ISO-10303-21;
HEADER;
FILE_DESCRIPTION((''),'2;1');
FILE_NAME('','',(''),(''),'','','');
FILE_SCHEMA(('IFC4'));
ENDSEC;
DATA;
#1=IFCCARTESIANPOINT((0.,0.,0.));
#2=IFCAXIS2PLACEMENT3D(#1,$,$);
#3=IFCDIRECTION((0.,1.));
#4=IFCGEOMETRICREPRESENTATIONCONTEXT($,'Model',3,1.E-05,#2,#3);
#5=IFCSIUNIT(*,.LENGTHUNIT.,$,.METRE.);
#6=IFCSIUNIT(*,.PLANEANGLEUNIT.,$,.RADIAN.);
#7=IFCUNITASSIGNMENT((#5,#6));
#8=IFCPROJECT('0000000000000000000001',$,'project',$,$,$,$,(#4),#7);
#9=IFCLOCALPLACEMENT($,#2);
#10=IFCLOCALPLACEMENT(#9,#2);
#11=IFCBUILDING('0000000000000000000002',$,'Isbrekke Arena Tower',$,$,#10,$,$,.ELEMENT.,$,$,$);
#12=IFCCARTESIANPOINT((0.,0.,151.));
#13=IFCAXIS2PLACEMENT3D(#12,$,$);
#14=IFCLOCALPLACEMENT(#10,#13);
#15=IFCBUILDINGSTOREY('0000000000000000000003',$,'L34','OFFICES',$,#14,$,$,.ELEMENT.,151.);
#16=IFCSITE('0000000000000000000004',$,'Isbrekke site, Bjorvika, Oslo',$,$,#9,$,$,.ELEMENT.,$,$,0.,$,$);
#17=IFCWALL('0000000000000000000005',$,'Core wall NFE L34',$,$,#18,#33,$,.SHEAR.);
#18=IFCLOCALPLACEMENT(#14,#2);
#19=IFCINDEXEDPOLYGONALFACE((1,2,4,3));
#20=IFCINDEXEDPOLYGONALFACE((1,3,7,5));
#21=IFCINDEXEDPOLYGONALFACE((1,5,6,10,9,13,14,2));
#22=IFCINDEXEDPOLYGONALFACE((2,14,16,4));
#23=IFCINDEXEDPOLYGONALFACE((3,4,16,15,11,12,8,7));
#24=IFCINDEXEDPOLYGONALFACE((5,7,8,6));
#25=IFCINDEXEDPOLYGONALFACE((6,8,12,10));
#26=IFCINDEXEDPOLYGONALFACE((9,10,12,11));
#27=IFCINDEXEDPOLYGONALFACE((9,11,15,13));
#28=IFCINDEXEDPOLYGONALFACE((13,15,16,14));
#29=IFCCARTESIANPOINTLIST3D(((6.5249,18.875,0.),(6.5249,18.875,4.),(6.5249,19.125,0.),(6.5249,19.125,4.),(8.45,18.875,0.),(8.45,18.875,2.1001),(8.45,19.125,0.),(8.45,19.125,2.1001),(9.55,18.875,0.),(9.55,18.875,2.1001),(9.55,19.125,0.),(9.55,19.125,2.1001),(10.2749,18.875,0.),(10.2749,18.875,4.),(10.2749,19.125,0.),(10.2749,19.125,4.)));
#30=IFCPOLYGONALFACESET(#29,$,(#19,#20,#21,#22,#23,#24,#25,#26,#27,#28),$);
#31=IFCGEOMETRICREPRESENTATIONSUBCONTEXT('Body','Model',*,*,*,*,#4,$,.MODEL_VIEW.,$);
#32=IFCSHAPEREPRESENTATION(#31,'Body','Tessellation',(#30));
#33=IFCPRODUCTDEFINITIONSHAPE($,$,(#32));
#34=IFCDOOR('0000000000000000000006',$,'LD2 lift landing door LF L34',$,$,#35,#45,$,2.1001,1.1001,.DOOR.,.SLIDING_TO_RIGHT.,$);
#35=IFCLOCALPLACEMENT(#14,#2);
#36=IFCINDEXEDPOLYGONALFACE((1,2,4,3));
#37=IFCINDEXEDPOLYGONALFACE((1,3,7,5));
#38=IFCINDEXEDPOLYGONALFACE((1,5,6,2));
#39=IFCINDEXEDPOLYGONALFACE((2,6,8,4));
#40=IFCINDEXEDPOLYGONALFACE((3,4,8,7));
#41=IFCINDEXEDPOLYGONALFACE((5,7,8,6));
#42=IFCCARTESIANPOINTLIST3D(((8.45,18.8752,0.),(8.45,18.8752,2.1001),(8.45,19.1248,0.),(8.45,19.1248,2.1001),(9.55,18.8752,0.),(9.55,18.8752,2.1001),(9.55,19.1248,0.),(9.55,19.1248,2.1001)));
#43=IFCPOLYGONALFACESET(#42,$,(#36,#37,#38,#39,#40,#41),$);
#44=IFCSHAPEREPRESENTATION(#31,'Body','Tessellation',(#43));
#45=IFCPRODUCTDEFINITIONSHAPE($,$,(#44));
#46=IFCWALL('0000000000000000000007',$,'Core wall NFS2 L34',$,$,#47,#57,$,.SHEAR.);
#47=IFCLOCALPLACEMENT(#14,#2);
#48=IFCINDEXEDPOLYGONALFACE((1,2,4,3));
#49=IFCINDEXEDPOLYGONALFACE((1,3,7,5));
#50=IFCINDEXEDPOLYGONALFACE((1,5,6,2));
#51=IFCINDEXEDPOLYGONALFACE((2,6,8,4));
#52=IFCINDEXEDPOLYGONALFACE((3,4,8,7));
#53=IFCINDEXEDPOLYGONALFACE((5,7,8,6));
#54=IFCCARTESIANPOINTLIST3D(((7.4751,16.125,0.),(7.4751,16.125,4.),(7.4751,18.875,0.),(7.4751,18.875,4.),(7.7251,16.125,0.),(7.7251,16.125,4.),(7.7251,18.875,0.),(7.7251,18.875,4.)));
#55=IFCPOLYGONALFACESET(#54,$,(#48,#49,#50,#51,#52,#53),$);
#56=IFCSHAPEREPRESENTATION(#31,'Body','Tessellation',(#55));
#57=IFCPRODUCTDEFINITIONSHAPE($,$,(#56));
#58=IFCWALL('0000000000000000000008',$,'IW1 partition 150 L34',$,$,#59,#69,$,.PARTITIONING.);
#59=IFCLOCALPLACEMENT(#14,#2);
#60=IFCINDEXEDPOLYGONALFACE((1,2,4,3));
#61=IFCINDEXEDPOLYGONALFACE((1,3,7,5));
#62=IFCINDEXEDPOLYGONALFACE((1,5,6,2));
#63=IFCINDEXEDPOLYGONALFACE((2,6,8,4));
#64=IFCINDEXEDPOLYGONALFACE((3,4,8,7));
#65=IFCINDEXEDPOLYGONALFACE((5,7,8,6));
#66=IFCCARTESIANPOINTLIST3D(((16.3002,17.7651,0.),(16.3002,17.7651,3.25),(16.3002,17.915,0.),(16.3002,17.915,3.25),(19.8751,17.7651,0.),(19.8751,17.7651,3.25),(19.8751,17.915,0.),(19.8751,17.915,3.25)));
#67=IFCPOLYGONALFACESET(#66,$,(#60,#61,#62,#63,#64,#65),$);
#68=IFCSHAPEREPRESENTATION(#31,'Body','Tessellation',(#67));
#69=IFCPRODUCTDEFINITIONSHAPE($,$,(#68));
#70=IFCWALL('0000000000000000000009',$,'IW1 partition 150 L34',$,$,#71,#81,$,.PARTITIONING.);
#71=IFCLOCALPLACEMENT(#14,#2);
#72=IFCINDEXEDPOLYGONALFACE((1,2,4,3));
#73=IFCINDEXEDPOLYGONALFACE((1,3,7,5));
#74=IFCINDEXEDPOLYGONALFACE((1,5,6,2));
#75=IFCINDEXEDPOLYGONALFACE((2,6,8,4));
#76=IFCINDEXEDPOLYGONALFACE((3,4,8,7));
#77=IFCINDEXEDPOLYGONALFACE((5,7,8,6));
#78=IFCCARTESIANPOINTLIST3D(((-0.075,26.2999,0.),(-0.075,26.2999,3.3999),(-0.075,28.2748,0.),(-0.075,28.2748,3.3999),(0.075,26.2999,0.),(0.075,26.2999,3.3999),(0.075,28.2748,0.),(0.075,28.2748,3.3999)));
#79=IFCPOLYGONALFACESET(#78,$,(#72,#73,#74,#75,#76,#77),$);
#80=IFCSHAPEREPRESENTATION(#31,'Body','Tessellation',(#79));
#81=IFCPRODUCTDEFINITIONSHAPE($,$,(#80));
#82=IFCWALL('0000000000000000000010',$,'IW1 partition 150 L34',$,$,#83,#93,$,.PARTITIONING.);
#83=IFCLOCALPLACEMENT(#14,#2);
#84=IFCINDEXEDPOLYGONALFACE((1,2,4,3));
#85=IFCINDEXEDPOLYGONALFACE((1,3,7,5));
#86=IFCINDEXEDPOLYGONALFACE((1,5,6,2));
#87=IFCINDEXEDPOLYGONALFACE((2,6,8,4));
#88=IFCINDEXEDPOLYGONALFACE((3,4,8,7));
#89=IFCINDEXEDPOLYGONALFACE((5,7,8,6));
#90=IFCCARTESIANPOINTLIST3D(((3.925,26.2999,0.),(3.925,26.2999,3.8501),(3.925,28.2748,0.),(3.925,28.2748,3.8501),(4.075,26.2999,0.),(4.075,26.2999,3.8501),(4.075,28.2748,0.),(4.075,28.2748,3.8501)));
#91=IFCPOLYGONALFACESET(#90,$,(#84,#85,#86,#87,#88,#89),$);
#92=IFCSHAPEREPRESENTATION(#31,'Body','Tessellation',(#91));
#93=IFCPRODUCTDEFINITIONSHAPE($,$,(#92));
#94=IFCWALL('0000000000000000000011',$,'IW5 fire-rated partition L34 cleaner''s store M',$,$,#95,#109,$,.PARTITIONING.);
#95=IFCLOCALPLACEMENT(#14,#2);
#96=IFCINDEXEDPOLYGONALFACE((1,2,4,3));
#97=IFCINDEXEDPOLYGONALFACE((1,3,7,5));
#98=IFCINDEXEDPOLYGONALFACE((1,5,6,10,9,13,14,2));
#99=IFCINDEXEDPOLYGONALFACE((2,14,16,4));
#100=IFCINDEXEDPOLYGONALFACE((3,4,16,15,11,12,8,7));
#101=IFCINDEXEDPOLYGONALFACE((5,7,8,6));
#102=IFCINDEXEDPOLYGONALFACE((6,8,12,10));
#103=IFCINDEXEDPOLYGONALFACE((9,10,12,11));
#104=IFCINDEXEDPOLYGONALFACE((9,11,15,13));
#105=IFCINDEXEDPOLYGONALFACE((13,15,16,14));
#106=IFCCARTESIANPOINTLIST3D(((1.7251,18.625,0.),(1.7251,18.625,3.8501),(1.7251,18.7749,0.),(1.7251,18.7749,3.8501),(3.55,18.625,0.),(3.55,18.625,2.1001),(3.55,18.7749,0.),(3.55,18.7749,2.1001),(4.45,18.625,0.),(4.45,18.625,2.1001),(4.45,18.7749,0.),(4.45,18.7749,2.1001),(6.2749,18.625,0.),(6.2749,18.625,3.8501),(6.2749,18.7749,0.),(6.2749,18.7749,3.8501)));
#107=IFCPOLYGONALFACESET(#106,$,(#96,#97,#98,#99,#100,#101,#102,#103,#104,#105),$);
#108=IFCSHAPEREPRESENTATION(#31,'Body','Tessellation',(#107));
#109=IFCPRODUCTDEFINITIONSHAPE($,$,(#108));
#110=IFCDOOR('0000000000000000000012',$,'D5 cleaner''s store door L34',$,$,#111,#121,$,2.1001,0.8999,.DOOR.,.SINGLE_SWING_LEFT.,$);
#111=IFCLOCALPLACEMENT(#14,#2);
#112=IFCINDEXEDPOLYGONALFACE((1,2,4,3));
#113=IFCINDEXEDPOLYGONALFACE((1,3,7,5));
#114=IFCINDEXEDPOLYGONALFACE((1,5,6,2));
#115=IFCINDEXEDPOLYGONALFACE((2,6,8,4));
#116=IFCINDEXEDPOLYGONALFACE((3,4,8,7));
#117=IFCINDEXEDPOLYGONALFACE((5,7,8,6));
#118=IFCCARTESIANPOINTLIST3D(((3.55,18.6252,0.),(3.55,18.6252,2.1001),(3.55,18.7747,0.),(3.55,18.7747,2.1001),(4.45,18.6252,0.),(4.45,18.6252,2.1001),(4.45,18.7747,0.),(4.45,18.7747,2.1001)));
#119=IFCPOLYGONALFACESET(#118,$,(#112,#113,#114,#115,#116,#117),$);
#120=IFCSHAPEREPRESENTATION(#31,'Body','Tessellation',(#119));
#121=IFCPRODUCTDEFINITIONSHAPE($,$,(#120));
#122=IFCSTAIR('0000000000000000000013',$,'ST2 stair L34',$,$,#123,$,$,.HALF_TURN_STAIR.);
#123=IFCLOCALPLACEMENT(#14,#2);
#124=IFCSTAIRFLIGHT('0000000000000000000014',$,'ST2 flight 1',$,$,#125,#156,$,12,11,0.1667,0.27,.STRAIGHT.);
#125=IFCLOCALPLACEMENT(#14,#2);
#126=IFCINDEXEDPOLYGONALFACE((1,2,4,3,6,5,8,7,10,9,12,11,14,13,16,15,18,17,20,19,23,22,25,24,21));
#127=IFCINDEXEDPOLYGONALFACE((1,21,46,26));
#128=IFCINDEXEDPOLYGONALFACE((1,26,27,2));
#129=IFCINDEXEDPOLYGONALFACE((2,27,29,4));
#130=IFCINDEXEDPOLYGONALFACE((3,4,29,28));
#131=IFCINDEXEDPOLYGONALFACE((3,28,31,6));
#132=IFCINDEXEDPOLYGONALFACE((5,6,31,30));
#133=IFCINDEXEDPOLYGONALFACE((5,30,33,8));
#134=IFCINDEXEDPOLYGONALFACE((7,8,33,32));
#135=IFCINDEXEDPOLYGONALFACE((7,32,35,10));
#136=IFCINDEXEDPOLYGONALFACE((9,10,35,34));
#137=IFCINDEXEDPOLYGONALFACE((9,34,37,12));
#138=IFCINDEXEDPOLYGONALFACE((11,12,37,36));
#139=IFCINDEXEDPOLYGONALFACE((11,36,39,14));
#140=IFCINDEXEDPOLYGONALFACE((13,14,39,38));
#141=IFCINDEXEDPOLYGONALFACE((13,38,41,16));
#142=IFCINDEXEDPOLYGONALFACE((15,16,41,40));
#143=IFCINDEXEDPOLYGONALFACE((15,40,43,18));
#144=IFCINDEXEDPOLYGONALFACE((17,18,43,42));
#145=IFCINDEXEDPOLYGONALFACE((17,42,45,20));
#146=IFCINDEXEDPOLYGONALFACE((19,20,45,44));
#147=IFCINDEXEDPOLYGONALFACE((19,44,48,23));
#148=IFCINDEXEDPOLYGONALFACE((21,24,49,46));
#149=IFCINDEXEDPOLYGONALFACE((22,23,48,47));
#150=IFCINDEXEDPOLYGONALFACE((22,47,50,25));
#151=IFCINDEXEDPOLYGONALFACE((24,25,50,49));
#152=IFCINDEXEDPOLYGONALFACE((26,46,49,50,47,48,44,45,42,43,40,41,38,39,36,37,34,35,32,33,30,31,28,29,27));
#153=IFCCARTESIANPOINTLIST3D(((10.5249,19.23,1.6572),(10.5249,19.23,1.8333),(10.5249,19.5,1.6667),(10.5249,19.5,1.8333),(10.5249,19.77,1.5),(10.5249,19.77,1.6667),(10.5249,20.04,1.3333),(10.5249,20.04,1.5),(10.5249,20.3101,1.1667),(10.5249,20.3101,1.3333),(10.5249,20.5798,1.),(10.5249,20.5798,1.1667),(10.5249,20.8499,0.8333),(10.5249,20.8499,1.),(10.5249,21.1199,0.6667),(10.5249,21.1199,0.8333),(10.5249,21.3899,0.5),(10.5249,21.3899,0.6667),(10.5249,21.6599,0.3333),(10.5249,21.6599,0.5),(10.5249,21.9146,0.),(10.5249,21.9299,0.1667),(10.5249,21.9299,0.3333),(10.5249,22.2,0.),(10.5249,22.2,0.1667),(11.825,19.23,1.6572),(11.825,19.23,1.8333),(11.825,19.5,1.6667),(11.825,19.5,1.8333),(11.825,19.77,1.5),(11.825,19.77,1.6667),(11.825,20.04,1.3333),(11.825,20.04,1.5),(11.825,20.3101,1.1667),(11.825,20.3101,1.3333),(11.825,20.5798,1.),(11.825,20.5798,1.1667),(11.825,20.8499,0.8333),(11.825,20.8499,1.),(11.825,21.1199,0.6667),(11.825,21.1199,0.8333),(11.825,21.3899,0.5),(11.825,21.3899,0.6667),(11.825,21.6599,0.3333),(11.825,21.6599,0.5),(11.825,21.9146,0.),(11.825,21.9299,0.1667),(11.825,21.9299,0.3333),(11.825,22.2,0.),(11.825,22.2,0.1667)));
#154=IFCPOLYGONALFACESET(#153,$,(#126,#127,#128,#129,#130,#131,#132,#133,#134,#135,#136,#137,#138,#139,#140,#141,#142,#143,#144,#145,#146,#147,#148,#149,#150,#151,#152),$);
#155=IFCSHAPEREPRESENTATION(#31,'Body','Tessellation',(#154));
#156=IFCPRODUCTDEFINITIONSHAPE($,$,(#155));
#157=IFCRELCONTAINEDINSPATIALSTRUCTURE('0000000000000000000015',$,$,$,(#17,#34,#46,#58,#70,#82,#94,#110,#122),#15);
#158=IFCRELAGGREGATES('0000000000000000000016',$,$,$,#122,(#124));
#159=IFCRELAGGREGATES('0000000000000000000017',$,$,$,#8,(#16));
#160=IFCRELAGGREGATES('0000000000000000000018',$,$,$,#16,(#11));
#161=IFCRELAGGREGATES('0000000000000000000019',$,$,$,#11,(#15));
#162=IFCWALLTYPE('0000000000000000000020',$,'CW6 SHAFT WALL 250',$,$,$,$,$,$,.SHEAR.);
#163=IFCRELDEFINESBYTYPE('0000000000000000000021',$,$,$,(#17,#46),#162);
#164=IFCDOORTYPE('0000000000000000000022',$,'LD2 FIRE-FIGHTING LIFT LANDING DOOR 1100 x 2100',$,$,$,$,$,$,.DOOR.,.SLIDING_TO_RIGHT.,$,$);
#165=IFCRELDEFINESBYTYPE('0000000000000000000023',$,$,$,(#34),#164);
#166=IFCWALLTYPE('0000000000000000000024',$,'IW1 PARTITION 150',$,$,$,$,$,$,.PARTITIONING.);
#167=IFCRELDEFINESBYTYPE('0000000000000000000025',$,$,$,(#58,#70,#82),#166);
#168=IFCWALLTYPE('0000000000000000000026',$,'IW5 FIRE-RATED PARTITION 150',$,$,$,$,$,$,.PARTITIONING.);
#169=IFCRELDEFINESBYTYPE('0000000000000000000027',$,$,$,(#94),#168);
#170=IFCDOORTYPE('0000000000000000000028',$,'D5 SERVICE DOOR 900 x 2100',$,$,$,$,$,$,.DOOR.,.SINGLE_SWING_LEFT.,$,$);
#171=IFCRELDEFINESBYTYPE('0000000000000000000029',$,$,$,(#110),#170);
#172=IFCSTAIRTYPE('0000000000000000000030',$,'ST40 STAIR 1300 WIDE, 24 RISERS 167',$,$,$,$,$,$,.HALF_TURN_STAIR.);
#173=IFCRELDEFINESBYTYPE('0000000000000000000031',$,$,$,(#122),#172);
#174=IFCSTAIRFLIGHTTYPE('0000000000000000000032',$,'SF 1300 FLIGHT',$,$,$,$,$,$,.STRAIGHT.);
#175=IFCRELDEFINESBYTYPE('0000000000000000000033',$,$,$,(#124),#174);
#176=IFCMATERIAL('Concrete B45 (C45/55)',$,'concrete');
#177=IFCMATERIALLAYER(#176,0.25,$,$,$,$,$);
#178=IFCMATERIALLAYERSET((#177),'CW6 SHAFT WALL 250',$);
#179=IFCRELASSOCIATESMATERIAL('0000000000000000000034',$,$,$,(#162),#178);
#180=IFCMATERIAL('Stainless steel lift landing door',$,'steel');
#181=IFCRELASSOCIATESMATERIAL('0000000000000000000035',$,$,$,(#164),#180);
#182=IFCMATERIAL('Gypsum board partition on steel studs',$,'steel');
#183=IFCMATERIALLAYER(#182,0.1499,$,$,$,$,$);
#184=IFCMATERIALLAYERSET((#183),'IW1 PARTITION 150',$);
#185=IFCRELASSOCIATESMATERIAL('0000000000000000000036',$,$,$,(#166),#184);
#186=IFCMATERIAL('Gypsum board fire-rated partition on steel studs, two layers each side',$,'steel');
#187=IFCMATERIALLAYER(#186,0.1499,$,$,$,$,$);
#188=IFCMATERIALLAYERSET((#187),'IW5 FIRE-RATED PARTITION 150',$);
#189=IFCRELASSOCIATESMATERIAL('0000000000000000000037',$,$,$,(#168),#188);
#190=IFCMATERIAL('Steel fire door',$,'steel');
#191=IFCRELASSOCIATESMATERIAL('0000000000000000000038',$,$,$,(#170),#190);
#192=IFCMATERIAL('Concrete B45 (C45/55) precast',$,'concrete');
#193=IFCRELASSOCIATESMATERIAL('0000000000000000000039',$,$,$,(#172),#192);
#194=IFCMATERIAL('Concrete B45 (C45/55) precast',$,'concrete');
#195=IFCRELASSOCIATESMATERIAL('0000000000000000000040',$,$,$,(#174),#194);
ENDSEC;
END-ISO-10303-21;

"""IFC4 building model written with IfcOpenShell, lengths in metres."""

from ifc_helpers import new_model, si_unit, direction, frame, frame_2d, origin, place, context, subcontext, project, spatial, polyline, rectangle, outline, extrude, material, layer, layer_set, type_object, element, fill, aggregate, save


model = new_model("IFC4")

# Units and contexts
model_context = context("Model", 3, precision=1e-05, world=origin(), true_north=direction((0.0, 1.0)))
body_context = subcontext(model_context, "Body", "Model", "MODEL_VIEW")
ifc_project = project(units=[si_unit("LENGTHUNIT", "METRE"), si_unit("PLANEANGLEUNIT", "RADIAN")], contexts=[model_context])

# Site, building, storey
site_placement = place(None, origin())
site = spatial("IfcSite", under=ifc_project, at=site_placement, Name="Isbrekke site, Bjorvika, Oslo", CompositionType="ELEMENT", RefElevation=0.0)
building_placement = place(site_placement, origin())
building = spatial("IfcBuilding", under=site, at=building_placement, Name="Isbrekke Arena Tower", CompositionType="ELEMENT")
storey_placement = place(building_placement, frame((0.0, 0.0, 151.0)))
storey = spatial("IfcBuildingStorey", under=building, at=storey_placement, Name="L34", Description="OFFICES", CompositionType="ELEMENT", Elevation=151.0)

# Shared definitions
ifc_material_1 = material(Name="Concrete B45 (C45/55)", Category="concrete")
ifc_layer_1 = layer(ifc_material_1, 0.25)
ifc_layer_set_1 = layer_set([ifc_layer_1], Name="CW6 SHAFT WALL 250")
wall_type_1 = type_object("IfcWallType", Name="CW6 SHAFT WALL 250", PredefinedType="SHEAR", material=ifc_layer_set_1)

# Wall, opening, door
wall_1_placement = place(storey_placement, frame((6.5249, 19.0, 0.0), z_axis=(0.0, 0.0, 1.0), x_axis=(1.0, 0.0, 0.0)))
wall_1 = element("IfcWall", 1, at=wall_1_placement, inside=storey, type_object=wall_type_1, Name="Core wall NFE L34", PredefinedType="SHEAR", context=body_context, shape_type="SweptSolid", body=[
    extrude(rectangle(XDim=3.75, YDim=0.25, at=frame_2d((1.875, 0.0))), origin(), (0.0, 0.0, 1.0), 4.0),
])
opening_1_placement = place(wall_1_placement, frame((1.925, 0.0, 0.0)))
opening_1 = element("IfcOpeningElement", 2, at=opening_1_placement, cuts=wall_1, PredefinedType="OPENING", context=body_context, shape_type="SweptSolid", body=[
    extrude(rectangle(XDim=1.1001, YDim=2.1001, at=frame_2d((0.55, 1.05))), frame((0.0, 0.1399, 0.0), z_axis=(0.0, -1.0, 0.0), x_axis=(1.0, 0.0, 0.0)), (0.0, 0.0, 1.0), 0.2798),
])
ifc_material_2 = material(Name="Stainless steel lift landing door", Category="steel")
door_type_1 = type_object("IfcDoorType", Name="LD2 FIRE-FIGHTING LIFT LANDING DOOR 1100 x 2100", OperationType="SLIDING_TO_RIGHT", PredefinedType="DOOR", material=ifc_material_2)
door_1_placement = place(opening_1_placement, origin())
door_1 = element("IfcDoor", 3, at=door_1_placement, inside=storey, type_object=door_type_1, Name="LD2 lift landing door LF L34", OperationType="SLIDING_TO_RIGHT", OverallHeight=2.1001, OverallWidth=1.1001, PredefinedType="DOOR", context=body_context, shape_type="SweptSolid", body=[
    extrude(rectangle(XDim=1.1001, YDim=2.1001, at=frame_2d((0.55, 1.05))), frame((0.0, 0.1248, 0.0), z_axis=(0.0, -1.0, 0.0), x_axis=(1.0, 0.0, 0.0)), (0.0, 0.0, 1.0), 0.2495),
])
fill(opening_1, door_1)

# Walls
wall_2_placement = place(storey_placement, frame((7.6001, 16.125, 0.0), z_axis=(0.0, 0.0, 1.0), x_axis=(0.0, 1.0, 0.0)))
element("IfcWall", 4, at=wall_2_placement, inside=storey, type_object=wall_type_1, Name="Core wall NFS2 L34", PredefinedType="SHEAR", context=body_context, shape_type="SweptSolid", body=[
    extrude(rectangle(XDim=2.75, YDim=0.25, at=frame_2d((1.375, 0.0))), origin(), (0.0, 0.0, 1.0), 4.0),
])
ifc_material_3 = material(Name="Gypsum board partition on steel studs", Category="steel")
ifc_layer_2 = layer(ifc_material_3, 0.1499)
ifc_layer_set_2 = layer_set([ifc_layer_2], Name="IW1 PARTITION 150")
wall_type_2 = type_object("IfcWallType", Name="IW1 PARTITION 150", PredefinedType="PARTITIONING", material=ifc_layer_set_2)
wall_3_placement = place(storey_placement, frame((16.3, 17.8401, 0.0), z_axis=(0.0, 0.0, 1.0), x_axis=(1.0, 0.0, 0.0)))
element("IfcWall", 5, at=wall_3_placement, inside=storey, type_object=wall_type_2, Name="IW1 partition 150 L34", PredefinedType="PARTITIONING", context=body_context, shape_type="SweptSolid", body=[
    extrude(rectangle(XDim=3.575, YDim=0.1499, at=frame_2d((1.7876, 0.0))), origin(), (0.0, 0.0, 1.0), 3.25),
])
wall_4_placement = place(storey_placement, frame((0.0, 26.3, 0.0), z_axis=(0.0, 0.0, 1.0), x_axis=(0.0, 1.0, 0.0)))
element("IfcWall", 6, at=wall_4_placement, inside=storey, type_object=wall_type_2, Name="IW1 partition 150 L34", PredefinedType="PARTITIONING", context=body_context, shape_type="SweptSolid", body=[
    extrude(rectangle(XDim=1.9749, YDim=0.1499, at=frame_2d((0.9873, 0.0))), origin(), (0.0, 0.0, 1.0), 3.3999),
])
wall_5_placement = place(storey_placement, frame((4.0, 26.3, 0.0), z_axis=(0.0, 0.0, 1.0), x_axis=(0.0, 1.0, 0.0)))
element("IfcWall", 7, at=wall_5_placement, inside=storey, type_object=wall_type_2, Name="IW1 partition 150 L34", PredefinedType="PARTITIONING", context=body_context, shape_type="SweptSolid", body=[
    extrude(rectangle(XDim=1.9749, YDim=0.1499, at=frame_2d((0.9873, 0.0))), origin(), (0.0, 0.0, 1.0), 3.8501),
])

# Wall, opening, door
ifc_material_4 = material(Name="Gypsum board fire-rated partition on steel studs, two layers each side", Category="steel")
ifc_layer_3 = layer(ifc_material_4, 0.1499)
ifc_layer_set_3 = layer_set([ifc_layer_3], Name="IW5 FIRE-RATED PARTITION 150")
wall_type_3 = type_object("IfcWallType", Name="IW5 FIRE-RATED PARTITION 150", PredefinedType="PARTITIONING", material=ifc_layer_set_3)
wall_6_placement = place(storey_placement, frame((1.7251, 18.7, 0.0), z_axis=(0.0, 0.0, 1.0), x_axis=(1.0, 0.0, 0.0)))
wall_6 = element("IfcWall", 8, at=wall_6_placement, inside=storey, type_object=wall_type_3, Name="IW5 fire-rated partition L34 cleaner's store M", PredefinedType="PARTITIONING", context=body_context, shape_type="SweptSolid", body=[
    extrude(rectangle(XDim=4.5498, YDim=0.1499, at=frame_2d((2.2749, 0.0))), origin(), (0.0, 0.0, 1.0), 3.8501),
])
opening_2_placement = place(wall_6_placement, frame((1.825, 0.0, 0.0)))
opening_2 = element("IfcOpeningElement", 9, at=opening_2_placement, cuts=wall_6, PredefinedType="OPENING", context=body_context, shape_type="SweptSolid", body=[
    extrude(rectangle(XDim=0.8999, YDim=2.1001, at=frame_2d((0.45, 1.05))), frame((0.0, 0.0898, 0.0), z_axis=(0.0, -1.0, 0.0), x_axis=(1.0, 0.0, 0.0)), (0.0, 0.0, 1.0), 0.1797),
])
ifc_material_5 = material(Name="Steel fire door", Category="steel")
door_type_2 = type_object("IfcDoorType", Name="D5 SERVICE DOOR 900 x 2100", OperationType="SINGLE_SWING_LEFT", PredefinedType="DOOR", material=ifc_material_5)
door_2_placement = place(opening_2_placement, origin())
door_2 = element("IfcDoor", 10, at=door_2_placement, inside=storey, type_object=door_type_2, Name="D5 cleaner's store door L34", OperationType="SINGLE_SWING_LEFT", OverallHeight=2.1001, OverallWidth=0.8999, PredefinedType="DOOR", context=body_context, shape_type="SweptSolid", body=[
    extrude(rectangle(XDim=0.8999, YDim=2.1001, at=frame_2d((0.45, 1.05))), frame((0.0, 0.0747, 0.0), z_axis=(0.0, -1.0, 0.0), x_axis=(1.0, 0.0, 0.0)), (0.0, 0.0, 1.0), 0.1494),
])
fill(opening_2, door_2)

# Stair, stair flight
ifc_material_6 = material(Name="Concrete B45 (C45/55) precast", Category="concrete")
stair_type = type_object("IfcStairType", Name="ST40 STAIR 1300 WIDE, 24 RISERS 167", PredefinedType="HALF_TURN_STAIR", material=ifc_material_6)
stair_placement = place(storey_placement, origin())
stair = element("IfcStair", 11, at=stair_placement, inside=storey, type_object=stair_type, Name="ST2 stair L34", PredefinedType="HALF_TURN_STAIR")
ifc_material_7 = material(Name="Concrete B45 (C45/55) precast", Category="concrete")
stair_flight_type = type_object("IfcStairFlightType", Name="SF 1300 FLIGHT", PredefinedType="STRAIGHT", material=ifc_material_7)
stair_flight_1_placement = place(storey_placement, frame((11.175, 22.2, 0.0), z_axis=(0.0, 0.0, 1.0), x_axis=(0.0, -1.0, 0.0)))
stair_flight_1 = element("IfcStairFlight", 12, at=stair_flight_1_placement, type_object=stair_flight_type, Name="ST2 flight 1", NumberOfRisers=12, NumberOfTreads=11, PredefinedType="STRAIGHT", RiserHeight=0.1667, TreadLength=0.27, context=body_context, shape_type="SweptSolid", body=[
    extrude(outline(polyline([(0.0, 0.0), (0.0, 0.1667), (0.27, 0.1667), (0.27, 0.3333), (0.54, 0.3333), (0.54, 0.5), (0.8101, 0.5), (0.8101, 0.6667), (1.0801, 0.6667), (1.0801, 0.8333), (1.3501, 0.8333), (1.3501, 1.0), (1.6201, 1.0), (1.6201, 1.1667), (1.8899, 1.1667), (1.8899, 1.3333), (2.1599, 1.3333), (2.1599, 1.5), (2.4299, 1.5), (2.4299, 1.6667), (2.7, 1.6667), (2.7, 1.8333), (2.97, 1.8333), (2.97, 2.0), (2.97, 1.6572), (0.2854, 0.0), (0.0, 0.0)])), frame((0.0, 0.6499, 0.0), z_axis=(0.0, -1.0, 0.0), x_axis=(1.0, 0.0, 0.0)), (0.0, 0.0, 1.0), 1.3),
])
aggregate(stair, [stair_flight_1])

save(model, "model.ifc")
